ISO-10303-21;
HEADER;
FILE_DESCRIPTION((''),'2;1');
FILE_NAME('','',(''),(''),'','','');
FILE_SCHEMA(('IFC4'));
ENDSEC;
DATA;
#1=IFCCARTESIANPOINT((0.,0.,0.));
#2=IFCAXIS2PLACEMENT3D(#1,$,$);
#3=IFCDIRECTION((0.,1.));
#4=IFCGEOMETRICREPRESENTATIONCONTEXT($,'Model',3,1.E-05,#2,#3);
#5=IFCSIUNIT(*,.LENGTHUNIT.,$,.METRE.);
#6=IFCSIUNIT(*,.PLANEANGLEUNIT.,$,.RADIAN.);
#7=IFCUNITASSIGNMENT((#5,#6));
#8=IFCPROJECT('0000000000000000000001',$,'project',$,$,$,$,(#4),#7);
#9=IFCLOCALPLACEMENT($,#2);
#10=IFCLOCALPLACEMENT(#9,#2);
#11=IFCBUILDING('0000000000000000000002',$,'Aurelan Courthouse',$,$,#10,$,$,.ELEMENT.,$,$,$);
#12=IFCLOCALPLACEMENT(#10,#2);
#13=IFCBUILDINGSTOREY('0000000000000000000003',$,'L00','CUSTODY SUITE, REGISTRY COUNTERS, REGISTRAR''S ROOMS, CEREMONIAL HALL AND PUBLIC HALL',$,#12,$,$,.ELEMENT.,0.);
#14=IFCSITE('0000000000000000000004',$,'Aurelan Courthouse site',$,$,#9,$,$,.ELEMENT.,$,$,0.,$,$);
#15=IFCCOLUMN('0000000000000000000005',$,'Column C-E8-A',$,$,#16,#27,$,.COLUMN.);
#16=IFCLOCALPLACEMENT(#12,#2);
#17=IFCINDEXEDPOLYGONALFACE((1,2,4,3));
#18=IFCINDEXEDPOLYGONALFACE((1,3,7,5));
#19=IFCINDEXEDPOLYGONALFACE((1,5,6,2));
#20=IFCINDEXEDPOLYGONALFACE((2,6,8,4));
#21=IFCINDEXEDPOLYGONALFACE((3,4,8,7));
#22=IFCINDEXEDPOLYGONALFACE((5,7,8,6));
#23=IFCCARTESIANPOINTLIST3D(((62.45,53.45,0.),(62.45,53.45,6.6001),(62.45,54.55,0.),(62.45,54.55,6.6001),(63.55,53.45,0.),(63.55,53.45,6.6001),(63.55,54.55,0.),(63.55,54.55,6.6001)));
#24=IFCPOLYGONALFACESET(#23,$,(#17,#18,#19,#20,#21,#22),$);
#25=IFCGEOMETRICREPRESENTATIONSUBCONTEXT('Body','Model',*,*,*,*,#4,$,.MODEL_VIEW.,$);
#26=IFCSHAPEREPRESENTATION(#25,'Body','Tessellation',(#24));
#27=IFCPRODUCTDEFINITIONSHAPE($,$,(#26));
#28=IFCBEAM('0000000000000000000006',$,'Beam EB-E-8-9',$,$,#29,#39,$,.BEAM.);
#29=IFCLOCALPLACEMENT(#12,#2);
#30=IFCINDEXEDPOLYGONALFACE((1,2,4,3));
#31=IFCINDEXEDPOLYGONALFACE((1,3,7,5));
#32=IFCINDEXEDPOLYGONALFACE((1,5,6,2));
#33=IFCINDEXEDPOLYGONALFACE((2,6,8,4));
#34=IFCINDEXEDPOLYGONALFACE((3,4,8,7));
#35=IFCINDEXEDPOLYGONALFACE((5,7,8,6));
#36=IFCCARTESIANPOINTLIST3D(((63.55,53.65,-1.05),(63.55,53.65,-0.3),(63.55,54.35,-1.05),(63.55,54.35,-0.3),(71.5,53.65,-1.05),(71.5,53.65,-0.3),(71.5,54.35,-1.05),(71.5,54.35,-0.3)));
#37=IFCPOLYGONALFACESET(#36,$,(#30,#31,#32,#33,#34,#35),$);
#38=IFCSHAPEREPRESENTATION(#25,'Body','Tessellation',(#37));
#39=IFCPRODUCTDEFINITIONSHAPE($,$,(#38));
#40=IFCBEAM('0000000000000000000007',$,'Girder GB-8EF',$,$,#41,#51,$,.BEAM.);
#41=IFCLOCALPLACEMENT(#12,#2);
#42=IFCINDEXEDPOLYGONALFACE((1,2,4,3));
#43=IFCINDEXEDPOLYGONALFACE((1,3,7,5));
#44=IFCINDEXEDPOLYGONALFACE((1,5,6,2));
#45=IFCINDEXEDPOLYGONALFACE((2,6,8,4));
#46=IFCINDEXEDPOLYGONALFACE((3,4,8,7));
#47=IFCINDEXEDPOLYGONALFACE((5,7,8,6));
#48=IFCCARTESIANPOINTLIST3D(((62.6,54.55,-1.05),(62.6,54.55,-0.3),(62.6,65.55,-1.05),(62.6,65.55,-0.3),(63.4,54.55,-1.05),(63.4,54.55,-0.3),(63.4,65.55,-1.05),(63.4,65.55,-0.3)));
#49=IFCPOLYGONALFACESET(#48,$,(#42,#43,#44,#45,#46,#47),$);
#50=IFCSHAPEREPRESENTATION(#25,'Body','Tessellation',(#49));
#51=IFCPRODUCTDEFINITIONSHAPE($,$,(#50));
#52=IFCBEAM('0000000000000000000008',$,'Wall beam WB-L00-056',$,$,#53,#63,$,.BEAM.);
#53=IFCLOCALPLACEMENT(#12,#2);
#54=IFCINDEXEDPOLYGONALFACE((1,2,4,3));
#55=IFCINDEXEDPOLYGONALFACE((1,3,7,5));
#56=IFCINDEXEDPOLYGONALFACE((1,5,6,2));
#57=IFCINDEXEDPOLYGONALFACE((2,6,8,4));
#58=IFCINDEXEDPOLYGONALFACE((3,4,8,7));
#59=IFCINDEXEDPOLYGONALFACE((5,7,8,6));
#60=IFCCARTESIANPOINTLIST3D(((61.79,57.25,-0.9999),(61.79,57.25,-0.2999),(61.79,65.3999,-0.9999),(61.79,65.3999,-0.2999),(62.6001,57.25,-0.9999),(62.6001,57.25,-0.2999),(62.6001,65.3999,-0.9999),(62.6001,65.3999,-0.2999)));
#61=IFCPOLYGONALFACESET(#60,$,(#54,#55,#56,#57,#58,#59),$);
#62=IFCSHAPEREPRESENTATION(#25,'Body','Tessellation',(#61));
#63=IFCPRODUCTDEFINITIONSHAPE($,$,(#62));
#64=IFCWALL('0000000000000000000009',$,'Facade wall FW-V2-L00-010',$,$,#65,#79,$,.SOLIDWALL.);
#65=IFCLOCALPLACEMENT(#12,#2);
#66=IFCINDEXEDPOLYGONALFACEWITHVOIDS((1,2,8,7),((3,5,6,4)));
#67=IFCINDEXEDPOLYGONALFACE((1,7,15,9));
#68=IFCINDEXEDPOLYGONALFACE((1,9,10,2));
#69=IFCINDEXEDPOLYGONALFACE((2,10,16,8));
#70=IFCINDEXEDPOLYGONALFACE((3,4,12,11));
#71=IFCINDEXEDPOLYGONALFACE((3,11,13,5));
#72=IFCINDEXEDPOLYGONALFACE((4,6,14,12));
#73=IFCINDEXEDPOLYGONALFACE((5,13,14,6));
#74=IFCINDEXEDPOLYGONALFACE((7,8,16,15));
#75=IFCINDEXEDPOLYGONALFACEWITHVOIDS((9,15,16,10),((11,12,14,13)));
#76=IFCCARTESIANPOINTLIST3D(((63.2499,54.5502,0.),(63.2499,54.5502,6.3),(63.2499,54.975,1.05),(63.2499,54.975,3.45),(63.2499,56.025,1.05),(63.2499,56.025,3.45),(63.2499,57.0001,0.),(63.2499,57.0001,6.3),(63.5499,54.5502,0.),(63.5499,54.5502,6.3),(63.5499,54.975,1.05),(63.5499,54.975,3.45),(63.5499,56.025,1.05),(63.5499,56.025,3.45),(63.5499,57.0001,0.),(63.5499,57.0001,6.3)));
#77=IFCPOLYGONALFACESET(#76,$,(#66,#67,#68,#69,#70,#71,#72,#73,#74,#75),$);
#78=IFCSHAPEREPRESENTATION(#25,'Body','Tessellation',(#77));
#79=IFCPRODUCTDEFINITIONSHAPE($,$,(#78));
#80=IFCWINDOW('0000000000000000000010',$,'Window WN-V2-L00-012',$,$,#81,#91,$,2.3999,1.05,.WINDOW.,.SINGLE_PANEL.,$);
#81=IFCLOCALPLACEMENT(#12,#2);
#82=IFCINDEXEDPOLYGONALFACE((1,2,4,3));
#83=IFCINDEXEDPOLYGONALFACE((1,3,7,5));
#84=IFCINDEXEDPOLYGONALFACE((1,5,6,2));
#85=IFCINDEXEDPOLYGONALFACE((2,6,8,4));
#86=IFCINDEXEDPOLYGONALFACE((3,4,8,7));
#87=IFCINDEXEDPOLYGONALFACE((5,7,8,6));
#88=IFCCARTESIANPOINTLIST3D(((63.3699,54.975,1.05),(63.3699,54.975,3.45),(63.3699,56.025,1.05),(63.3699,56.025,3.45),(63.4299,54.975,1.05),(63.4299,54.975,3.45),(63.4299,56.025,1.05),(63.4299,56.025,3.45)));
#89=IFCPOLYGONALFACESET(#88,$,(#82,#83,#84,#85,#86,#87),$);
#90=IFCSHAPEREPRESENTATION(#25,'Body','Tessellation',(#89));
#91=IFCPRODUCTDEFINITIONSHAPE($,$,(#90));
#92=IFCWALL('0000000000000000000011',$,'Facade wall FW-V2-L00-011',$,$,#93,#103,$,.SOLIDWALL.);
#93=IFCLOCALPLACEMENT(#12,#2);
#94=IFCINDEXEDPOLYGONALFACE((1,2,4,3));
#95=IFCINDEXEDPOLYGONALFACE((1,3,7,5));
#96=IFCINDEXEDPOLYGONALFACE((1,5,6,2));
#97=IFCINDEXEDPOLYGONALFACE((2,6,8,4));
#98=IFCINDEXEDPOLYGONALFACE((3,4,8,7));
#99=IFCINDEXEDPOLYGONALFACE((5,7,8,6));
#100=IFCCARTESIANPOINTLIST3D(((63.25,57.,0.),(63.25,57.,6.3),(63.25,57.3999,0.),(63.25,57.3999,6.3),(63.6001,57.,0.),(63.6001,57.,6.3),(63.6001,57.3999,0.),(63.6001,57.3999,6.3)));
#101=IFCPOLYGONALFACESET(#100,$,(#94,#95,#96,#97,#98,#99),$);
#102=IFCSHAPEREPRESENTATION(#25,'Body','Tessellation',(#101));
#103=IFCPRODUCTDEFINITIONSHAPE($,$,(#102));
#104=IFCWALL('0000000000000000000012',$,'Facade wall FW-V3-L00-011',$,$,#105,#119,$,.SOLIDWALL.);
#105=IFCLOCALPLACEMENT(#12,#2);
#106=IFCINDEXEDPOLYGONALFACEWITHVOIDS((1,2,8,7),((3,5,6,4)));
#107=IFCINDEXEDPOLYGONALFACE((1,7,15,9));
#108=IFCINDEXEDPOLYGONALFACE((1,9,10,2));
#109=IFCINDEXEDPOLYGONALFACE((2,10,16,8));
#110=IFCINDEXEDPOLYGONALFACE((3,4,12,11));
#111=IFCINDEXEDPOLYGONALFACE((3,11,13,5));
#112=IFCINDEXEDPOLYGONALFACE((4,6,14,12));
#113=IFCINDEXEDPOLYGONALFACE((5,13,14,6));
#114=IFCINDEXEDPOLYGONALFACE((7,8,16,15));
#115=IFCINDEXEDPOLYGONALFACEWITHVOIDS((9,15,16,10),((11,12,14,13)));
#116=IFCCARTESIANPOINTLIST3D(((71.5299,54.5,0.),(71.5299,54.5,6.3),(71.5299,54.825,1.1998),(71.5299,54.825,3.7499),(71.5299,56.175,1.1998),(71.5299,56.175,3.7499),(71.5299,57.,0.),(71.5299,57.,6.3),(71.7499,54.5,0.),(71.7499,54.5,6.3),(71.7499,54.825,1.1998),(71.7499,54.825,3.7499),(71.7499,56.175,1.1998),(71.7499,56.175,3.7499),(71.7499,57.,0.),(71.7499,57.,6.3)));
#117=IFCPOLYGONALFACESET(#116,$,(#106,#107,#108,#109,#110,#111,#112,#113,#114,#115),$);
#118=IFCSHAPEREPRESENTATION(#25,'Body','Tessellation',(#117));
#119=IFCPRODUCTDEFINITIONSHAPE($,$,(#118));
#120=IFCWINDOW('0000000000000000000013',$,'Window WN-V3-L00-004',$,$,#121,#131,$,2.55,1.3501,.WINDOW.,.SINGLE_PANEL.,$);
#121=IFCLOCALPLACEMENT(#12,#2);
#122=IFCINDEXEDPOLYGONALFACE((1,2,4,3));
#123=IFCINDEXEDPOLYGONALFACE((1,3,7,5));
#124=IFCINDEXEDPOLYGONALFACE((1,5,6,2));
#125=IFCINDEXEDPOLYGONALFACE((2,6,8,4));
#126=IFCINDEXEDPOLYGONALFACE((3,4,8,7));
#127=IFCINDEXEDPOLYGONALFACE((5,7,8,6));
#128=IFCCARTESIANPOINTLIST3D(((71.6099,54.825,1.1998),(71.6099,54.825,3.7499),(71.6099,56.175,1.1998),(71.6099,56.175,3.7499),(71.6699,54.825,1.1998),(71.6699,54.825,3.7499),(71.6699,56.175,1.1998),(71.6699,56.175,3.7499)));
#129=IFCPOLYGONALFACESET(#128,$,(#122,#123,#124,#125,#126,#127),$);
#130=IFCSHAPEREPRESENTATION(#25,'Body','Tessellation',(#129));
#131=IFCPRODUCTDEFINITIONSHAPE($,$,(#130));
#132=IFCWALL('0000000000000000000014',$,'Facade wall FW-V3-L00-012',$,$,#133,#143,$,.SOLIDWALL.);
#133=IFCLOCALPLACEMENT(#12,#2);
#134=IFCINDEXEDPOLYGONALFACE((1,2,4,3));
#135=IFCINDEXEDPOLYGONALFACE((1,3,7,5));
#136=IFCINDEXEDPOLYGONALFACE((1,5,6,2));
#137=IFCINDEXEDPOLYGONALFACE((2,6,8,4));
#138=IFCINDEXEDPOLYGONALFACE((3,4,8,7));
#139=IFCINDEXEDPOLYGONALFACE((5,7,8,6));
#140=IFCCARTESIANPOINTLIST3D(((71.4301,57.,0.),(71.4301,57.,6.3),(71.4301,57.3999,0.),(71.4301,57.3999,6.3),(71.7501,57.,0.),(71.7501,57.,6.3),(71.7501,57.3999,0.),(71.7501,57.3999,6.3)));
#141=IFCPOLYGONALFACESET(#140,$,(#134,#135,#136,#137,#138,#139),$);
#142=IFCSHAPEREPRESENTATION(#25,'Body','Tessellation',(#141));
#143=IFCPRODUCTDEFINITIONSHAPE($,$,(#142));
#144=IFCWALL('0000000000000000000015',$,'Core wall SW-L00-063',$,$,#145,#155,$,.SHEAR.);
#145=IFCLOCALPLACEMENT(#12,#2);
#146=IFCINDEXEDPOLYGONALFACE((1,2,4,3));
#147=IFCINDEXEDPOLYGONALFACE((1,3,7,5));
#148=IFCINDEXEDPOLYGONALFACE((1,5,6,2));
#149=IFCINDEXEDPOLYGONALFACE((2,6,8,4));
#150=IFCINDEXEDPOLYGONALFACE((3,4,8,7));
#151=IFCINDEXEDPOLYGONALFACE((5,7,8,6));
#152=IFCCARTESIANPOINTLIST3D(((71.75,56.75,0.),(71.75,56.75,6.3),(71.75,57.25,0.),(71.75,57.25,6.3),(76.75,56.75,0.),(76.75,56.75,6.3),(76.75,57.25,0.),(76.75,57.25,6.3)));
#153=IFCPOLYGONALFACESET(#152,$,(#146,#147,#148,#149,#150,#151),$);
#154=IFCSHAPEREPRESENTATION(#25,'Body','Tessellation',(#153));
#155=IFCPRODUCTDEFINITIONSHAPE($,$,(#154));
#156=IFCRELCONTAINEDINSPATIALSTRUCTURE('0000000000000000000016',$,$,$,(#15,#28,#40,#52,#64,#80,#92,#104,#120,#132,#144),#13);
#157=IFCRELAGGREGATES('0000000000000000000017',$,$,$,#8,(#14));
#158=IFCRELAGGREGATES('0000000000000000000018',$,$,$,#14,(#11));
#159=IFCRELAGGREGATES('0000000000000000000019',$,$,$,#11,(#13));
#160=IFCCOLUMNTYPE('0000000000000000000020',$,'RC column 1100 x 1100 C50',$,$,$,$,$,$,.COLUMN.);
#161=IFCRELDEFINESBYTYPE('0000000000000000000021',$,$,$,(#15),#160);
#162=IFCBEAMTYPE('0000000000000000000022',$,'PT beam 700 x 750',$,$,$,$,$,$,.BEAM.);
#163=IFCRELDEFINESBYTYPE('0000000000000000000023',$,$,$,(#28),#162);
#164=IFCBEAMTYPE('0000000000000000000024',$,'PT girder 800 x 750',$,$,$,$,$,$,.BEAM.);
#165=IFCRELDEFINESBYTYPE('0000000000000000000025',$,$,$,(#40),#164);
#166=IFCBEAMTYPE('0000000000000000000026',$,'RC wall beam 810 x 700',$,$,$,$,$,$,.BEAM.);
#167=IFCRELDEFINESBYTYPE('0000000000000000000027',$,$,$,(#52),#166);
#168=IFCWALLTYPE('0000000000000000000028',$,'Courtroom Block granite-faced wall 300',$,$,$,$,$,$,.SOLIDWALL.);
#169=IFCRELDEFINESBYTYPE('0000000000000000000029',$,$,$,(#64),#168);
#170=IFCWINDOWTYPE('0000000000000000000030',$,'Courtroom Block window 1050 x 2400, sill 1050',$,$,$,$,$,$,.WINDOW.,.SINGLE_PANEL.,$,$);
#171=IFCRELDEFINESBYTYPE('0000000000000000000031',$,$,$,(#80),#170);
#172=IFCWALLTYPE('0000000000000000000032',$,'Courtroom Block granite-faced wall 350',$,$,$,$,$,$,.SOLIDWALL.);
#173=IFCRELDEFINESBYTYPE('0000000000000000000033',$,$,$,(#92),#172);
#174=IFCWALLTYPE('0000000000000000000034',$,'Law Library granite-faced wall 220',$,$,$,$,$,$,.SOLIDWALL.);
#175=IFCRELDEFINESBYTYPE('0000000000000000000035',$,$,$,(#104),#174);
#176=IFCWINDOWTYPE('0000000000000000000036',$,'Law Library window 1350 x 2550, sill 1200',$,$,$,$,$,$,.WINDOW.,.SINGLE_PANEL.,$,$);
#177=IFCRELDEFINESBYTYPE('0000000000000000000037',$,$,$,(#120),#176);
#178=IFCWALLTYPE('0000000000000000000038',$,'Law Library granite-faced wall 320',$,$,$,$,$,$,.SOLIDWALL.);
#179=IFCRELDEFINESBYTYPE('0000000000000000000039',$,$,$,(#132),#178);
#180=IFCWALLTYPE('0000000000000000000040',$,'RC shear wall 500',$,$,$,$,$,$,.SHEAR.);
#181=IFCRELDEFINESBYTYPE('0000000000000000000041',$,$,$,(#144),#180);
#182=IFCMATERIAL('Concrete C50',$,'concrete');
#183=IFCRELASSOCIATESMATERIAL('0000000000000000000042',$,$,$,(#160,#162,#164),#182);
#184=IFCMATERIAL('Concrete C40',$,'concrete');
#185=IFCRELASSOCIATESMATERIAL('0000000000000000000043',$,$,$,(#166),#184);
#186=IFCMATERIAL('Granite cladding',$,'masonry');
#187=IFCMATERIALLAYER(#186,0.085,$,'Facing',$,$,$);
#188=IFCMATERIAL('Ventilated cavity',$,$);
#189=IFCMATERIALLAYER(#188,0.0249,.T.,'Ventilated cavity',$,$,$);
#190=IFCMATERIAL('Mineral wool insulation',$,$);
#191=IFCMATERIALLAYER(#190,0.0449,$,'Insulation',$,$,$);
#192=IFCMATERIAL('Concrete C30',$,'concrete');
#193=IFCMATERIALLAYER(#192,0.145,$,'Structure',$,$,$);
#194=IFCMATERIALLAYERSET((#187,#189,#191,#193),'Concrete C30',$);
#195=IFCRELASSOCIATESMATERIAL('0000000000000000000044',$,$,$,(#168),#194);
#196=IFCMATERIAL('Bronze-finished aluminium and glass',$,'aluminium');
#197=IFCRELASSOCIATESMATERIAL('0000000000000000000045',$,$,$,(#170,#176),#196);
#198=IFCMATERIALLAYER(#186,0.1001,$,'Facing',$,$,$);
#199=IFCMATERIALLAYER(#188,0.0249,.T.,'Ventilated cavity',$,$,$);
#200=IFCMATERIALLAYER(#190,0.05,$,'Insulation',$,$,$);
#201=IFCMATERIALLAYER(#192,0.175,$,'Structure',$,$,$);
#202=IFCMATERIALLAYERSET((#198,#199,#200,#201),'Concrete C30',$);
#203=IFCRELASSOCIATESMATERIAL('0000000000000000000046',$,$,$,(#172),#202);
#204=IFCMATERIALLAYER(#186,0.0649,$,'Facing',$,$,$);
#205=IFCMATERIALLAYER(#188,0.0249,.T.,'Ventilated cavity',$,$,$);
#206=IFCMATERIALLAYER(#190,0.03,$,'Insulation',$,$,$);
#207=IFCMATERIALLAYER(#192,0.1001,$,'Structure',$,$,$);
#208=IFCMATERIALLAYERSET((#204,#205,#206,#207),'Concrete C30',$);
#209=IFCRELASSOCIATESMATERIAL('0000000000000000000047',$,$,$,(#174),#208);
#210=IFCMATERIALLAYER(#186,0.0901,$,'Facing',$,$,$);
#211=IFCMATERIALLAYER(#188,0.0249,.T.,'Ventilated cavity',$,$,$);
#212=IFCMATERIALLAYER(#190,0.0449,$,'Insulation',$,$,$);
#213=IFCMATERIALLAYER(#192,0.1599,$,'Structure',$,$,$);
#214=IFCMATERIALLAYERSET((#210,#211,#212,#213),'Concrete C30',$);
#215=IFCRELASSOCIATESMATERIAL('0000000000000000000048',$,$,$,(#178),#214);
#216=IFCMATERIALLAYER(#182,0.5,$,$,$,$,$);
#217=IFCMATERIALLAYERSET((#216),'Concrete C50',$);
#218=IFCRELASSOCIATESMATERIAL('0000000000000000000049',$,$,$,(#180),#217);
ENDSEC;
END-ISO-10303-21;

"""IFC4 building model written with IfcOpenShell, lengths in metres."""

from ifc_helpers import new_model, si_unit, direction, frame, frame_2d, origin, origin_2d, place, context, subcontext, project, spatial, rectangle, extrude, material, layer, layer_set, material_profile, profile_set, type_object, element, fill, save


model = new_model("IFC4")

# Units and contexts
model_context = context("Model", 3, precision=1e-05, world=origin(), true_north=direction((0.0, 1.0)))
body_context = subcontext(model_context, "Body", "Model", "MODEL_VIEW")
ifc_project = project(units=[si_unit("LENGTHUNIT", "METRE"), si_unit("PLANEANGLEUNIT", "RADIAN")], contexts=[model_context])

# Site, building, storey
site_placement = place(None, origin())
site = spatial("IfcSite", under=ifc_project, at=site_placement, Name="Aurelan Courthouse site", CompositionType="ELEMENT", RefElevation=0.0)
building_placement = place(site_placement, origin())
building = spatial("IfcBuilding", under=site, at=building_placement, Name="Aurelan Courthouse", CompositionType="ELEMENT")
storey_placement = place(building_placement, origin())
storey = spatial("IfcBuildingStorey", under=building, at=storey_placement, Name="L00", Description="CUSTODY SUITE, REGISTRY COUNTERS, REGISTRAR'S ROOMS, CEREMONIAL HALL AND PUBLIC HALL", CompositionType="ELEMENT", Elevation=0.0)

# Column
ifc_material_1 = material(Name="Concrete C50", Category="concrete")
ifc_material_profile_1 = material_profile(ifc_material_1, rectangle(XDim=1.1001, YDim=1.1001, at=origin_2d()), Name="RC 1100 x 1100")
ifc_profile_set_1 = profile_set([ifc_material_profile_1], Name="Concrete C50")
column_type = type_object("IfcColumnType", Name="RC column 1100 x 1100 C50", PredefinedType="COLUMN", material=ifc_profile_set_1)
column_placement = place(storey_placement, frame((63.0, 54.0, 0.0), z_axis=(0.0, 0.0, 1.0), x_axis=(1.0, 0.0, 0.0)))
element("IfcColumn", 1, at=column_placement, inside=storey, type_object=column_type, Name="Column C-E8-A", PredefinedType="COLUMN", context=body_context, shape_type="SweptSolid", body=[
    extrude(rectangle(XDim=1.1001, YDim=1.1001, at=origin_2d()), origin(), (0.0, 0.0, 1.0), 6.6001),
])

# Beams
ifc_material_profile_2 = material_profile(ifc_material_1, rectangle(XDim=0.7, YDim=0.75, at=origin_2d()), Name="RC 700 x 750")
ifc_profile_set_2 = profile_set([ifc_material_profile_2], Name="Concrete C50")
beam_type_1 = type_object("IfcBeamType", Name="PT beam 700 x 750", PredefinedType="BEAM", material=ifc_profile_set_2)
beam_1_placement = place(storey_placement, frame((63.55, 54.0, -0.675), z_axis=(1.0, 0.0, 0.0), x_axis=(0.0, 1.0, 0.0)))
element("IfcBeam", 2, at=beam_1_placement, inside=storey, type_object=beam_type_1, Name="Beam EB-E-8-9", PredefinedType="BEAM", context=body_context, shape_type="SweptSolid", body=[
    extrude(rectangle(XDim=0.7, YDim=0.75, at=origin_2d()), origin(), (0.0, 0.0, 1.0), 7.95),
])
ifc_material_profile_3 = material_profile(ifc_material_1, rectangle(XDim=0.8, YDim=0.75, at=origin_2d()), Name="RC 800 x 750")
ifc_profile_set_3 = profile_set([ifc_material_profile_3], Name="Concrete C50")
beam_type_2 = type_object("IfcBeamType", Name="PT girder 800 x 750", PredefinedType="BEAM", material=ifc_profile_set_3)
beam_2_placement = place(storey_placement, frame((63.0, 54.55, -0.675), z_axis=(0.0, 1.0, 0.0), x_axis=(-1.0, 0.0, 0.0)))
element("IfcBeam", 3, at=beam_2_placement, inside=storey, type_object=beam_type_2, Name="Girder GB-8EF", PredefinedType="BEAM", context=body_context, shape_type="SweptSolid", body=[
    extrude(rectangle(XDim=0.8, YDim=0.75, at=origin_2d()), origin(), (0.0, 0.0, 1.0), 11.0),
])
ifc_material_2 = material(Name="Concrete C40", Category="concrete")
ifc_material_profile_4 = material_profile(ifc_material_2, rectangle(XDim=0.8101, YDim=0.7, at=origin_2d()), Name="RC 810 x 700")
ifc_profile_set_4 = profile_set([ifc_material_profile_4], Name="Concrete C40")
beam_type_3 = type_object("IfcBeamType", Name="RC wall beam 810 x 700", PredefinedType="BEAM", material=ifc_profile_set_4)
beam_3_placement = place(storey_placement, frame((62.1951, 57.25, -0.6499), z_axis=(0.0, 1.0, 0.0), x_axis=(-1.0, 0.0, 0.0)))
element("IfcBeam", 4, at=beam_3_placement, inside=storey, type_object=beam_type_3, Name="Wall beam WB-L00-056", PredefinedType="BEAM", context=body_context, shape_type="SweptSolid", body=[
    extrude(rectangle(XDim=0.8101, YDim=0.7, at=origin_2d()), origin(), (0.0, 0.0, 1.0), 8.1499),
])

# Wall, opening, window
ifc_material_3 = material(Name="Granite cladding", Category="masonry")
ifc_layer_1 = layer(ifc_material_3, 0.085, Name="Facing")
ifc_material_4 = material(Name="Ventilated cavity")
ifc_layer_2 = layer(ifc_material_4, 0.0249, ventilated=True, Name="Ventilated cavity")
ifc_material_5 = material(Name="Mineral wool insulation")
ifc_layer_3 = layer(ifc_material_5, 0.0449, Name="Insulation")
ifc_material_6 = material(Name="Concrete C30", Category="concrete")
ifc_layer_4 = layer(ifc_material_6, 0.145, Name="Structure")
ifc_layer_set_1 = layer_set([ifc_layer_1, ifc_layer_2, ifc_layer_3, ifc_layer_4], Name="Concrete C30")
wall_type_1 = type_object("IfcWallType", Name="Courtroom Block granite-faced wall 300", PredefinedType="SOLIDWALL", material=ifc_layer_set_1)
wall_1_placement = place(storey_placement, frame((63.3999, 54.55, 0.0), z_axis=(0.0, 0.0, 1.0), x_axis=(0.0, 1.0, 0.0)))
wall_1 = element("IfcWall", 5, at=wall_1_placement, inside=storey, type_object=wall_type_1, Name="Facade wall FW-V2-L00-010", PredefinedType="SOLIDWALL", context=body_context, shape_type="SweptSolid", body=[
    extrude(rectangle(XDim=2.45, YDim=0.3, at=frame_2d((1.2251, 0.0))), origin(), (0.0, 0.0, 1.0), 6.3),
])
opening_1_placement = place(wall_1_placement, frame((0.425, 0.0, 1.05)))
opening_1 = element("IfcOpeningElement", 6, at=opening_1_placement, cuts=wall_1, PredefinedType="OPENING", context=body_context, shape_type="SweptSolid", body=[
    extrude(rectangle(XDim=1.05, YDim=2.3999, at=frame_2d((0.5249, 1.2))), frame((0.0, 0.1599, 0.0), z_axis=(0.0, -1.0, 0.0), x_axis=(1.0, 0.0, 0.0)), (0.0, 0.0, 1.0), 0.3201),
])
ifc_material_7 = material(Name="Bronze-finished aluminium and glass", Category="aluminium")
window_type_1 = type_object("IfcWindowType", Name="Courtroom Block window 1050 x 2400, sill 1050", PartitioningType="SINGLE_PANEL", PredefinedType="WINDOW", material=ifc_material_7)
window_1_placement = place(opening_1_placement, origin())
window_1 = element("IfcWindow", 7, at=window_1_placement, inside=storey, type_object=window_type_1, Name="Window WN-V2-L00-012", OverallHeight=2.3999, OverallWidth=1.05, PartitioningType="SINGLE_PANEL", PredefinedType="WINDOW", context=body_context, shape_type="SweptSolid", body=[
    extrude(rectangle(XDim=1.05, YDim=2.3999, at=frame_2d((0.5249, 1.2))), frame((0.0, 0.03, 0.0), z_axis=(0.0, -1.0, 0.0), x_axis=(1.0, 0.0, 0.0)), (0.0, 0.0, 1.0), 0.0601),
])
fill(opening_1, window_1)

# Wall
ifc_layer_5 = layer(ifc_material_3, 0.1001, Name="Facing")
ifc_layer_6 = layer(ifc_material_4, 0.0249, ventilated=True, Name="Ventilated cavity")
ifc_layer_7 = layer(ifc_material_5, 0.05, Name="Insulation")
ifc_layer_8 = layer(ifc_material_6, 0.175, Name="Structure")
ifc_layer_set_2 = layer_set([ifc_layer_5, ifc_layer_6, ifc_layer_7, ifc_layer_8], Name="Concrete C30")
wall_type_2 = type_object("IfcWallType", Name="Courtroom Block granite-faced wall 350", PredefinedType="SOLIDWALL", material=ifc_layer_set_2)
wall_2_placement = place(storey_placement, frame((63.425, 57.0, 0.0), z_axis=(0.0, 0.0, 1.0), x_axis=(0.0, 1.0, 0.0)))
element("IfcWall", 8, at=wall_2_placement, inside=storey, type_object=wall_type_2, Name="Facade wall FW-V2-L00-011", PredefinedType="SOLIDWALL", context=body_context, shape_type="SweptSolid", body=[
    extrude(rectangle(XDim=0.3999, YDim=0.3501, at=frame_2d((0.2, 0.0))), origin(), (0.0, 0.0, 1.0), 6.3),
])

# Wall, opening, window
ifc_layer_9 = layer(ifc_material_3, 0.0649, Name="Facing")
ifc_layer_10 = layer(ifc_material_4, 0.0249, ventilated=True, Name="Ventilated cavity")
ifc_layer_11 = layer(ifc_material_5, 0.03, Name="Insulation")
ifc_layer_12 = layer(ifc_material_6, 0.1001, Name="Structure")
ifc_layer_set_3 = layer_set([ifc_layer_9, ifc_layer_10, ifc_layer_11, ifc_layer_12], Name="Concrete C30")
wall_type_3 = type_object("IfcWallType", Name="Law Library granite-faced wall 220", PredefinedType="SOLIDWALL", material=ifc_layer_set_3)
wall_3_placement = place(storey_placement, frame((71.6399, 54.5, 0.0), z_axis=(0.0, 0.0, 1.0), x_axis=(0.0, 1.0, 0.0)))
wall_3 = element("IfcWall", 9, at=wall_3_placement, inside=storey, type_object=wall_type_3, Name="Facade wall FW-V3-L00-011", PredefinedType="SOLIDWALL", context=body_context, shape_type="SweptSolid", body=[
    extrude(rectangle(XDim=2.5, YDim=0.22, at=frame_2d((1.25, 0.0))), origin(), (0.0, 0.0, 1.0), 6.3),
])
opening_2_placement = place(wall_3_placement, frame((0.325, 0.0, 1.2)))
opening_2 = element("IfcOpeningElement", 10, at=opening_2_placement, cuts=wall_3, PredefinedType="OPENING", context=body_context, shape_type="SweptSolid", body=[
    extrude(rectangle(XDim=1.3501, YDim=2.55, at=frame_2d((0.675, 1.2749))), frame((0.0, 0.1199, 0.0), z_axis=(0.0, -1.0, 0.0), x_axis=(1.0, 0.0, 0.0)), (0.0, 0.0, 1.0), 0.24),
])
window_type_2 = type_object("IfcWindowType", Name="Law Library window 1350 x 2550, sill 1200", PartitioningType="SINGLE_PANEL", PredefinedType="WINDOW", material=ifc_material_7)
window_2_placement = place(opening_2_placement, origin())
window_2 = element("IfcWindow", 11, at=window_2_placement, inside=storey, type_object=window_type_2, Name="Window WN-V3-L00-004", OverallHeight=2.55, OverallWidth=1.3501, PartitioningType="SINGLE_PANEL", PredefinedType="WINDOW", context=body_context, shape_type="SweptSolid", body=[
    extrude(rectangle(XDim=1.3501, YDim=2.55, at=frame_2d((0.675, 1.2749))), frame((0.0, 0.03, 0.0), z_axis=(0.0, -1.0, 0.0), x_axis=(1.0, 0.0, 0.0)), (0.0, 0.0, 1.0), 0.0601),
])
fill(opening_2, window_2)

# Walls
ifc_layer_13 = layer(ifc_material_3, 0.0901, Name="Facing")
ifc_layer_14 = layer(ifc_material_4, 0.0249, ventilated=True, Name="Ventilated cavity")
ifc_layer_15 = layer(ifc_material_5, 0.0449, Name="Insulation")
ifc_layer_16 = layer(ifc_material_6, 0.1599, Name="Structure")
ifc_layer_set_4 = layer_set([ifc_layer_13, ifc_layer_14, ifc_layer_15, ifc_layer_16], Name="Concrete C30")
wall_type_4 = type_object("IfcWallType", Name="Law Library granite-faced wall 320", PredefinedType="SOLIDWALL", material=ifc_layer_set_4)
wall_4_placement = place(storey_placement, frame((71.5901, 57.0, 0.0), z_axis=(0.0, 0.0, 1.0), x_axis=(0.0, 1.0, 0.0)))
element("IfcWall", 12, at=wall_4_placement, inside=storey, type_object=wall_type_4, Name="Facade wall FW-V3-L00-012", PredefinedType="SOLIDWALL", context=body_context, shape_type="SweptSolid", body=[
    extrude(rectangle(XDim=0.3999, YDim=0.3201, at=frame_2d((0.2, 0.0))), origin(), (0.0, 0.0, 1.0), 6.3),
])
ifc_layer_17 = layer(ifc_material_1, 0.5)
ifc_layer_set_5 = layer_set([ifc_layer_17], Name="Concrete C50")
wall_type_5 = type_object("IfcWallType", Name="RC shear wall 500", PredefinedType="SHEAR", material=ifc_layer_set_5)
wall_5_placement = place(storey_placement, frame((71.75, 57.0, 0.0), z_axis=(0.0, 0.0, 1.0), x_axis=(1.0, 0.0, 0.0)))
element("IfcWall", 13, at=wall_5_placement, inside=storey, type_object=wall_type_5, Name="Core wall SW-L00-063", PredefinedType="SHEAR", context=body_context, shape_type="SweptSolid", body=[
    extrude(rectangle(XDim=5.0, YDim=0.5, at=frame_2d((2.5, 0.0))), origin(), (0.0, 0.0, 1.0), 6.3),
])

save(model, "model.ifc")
